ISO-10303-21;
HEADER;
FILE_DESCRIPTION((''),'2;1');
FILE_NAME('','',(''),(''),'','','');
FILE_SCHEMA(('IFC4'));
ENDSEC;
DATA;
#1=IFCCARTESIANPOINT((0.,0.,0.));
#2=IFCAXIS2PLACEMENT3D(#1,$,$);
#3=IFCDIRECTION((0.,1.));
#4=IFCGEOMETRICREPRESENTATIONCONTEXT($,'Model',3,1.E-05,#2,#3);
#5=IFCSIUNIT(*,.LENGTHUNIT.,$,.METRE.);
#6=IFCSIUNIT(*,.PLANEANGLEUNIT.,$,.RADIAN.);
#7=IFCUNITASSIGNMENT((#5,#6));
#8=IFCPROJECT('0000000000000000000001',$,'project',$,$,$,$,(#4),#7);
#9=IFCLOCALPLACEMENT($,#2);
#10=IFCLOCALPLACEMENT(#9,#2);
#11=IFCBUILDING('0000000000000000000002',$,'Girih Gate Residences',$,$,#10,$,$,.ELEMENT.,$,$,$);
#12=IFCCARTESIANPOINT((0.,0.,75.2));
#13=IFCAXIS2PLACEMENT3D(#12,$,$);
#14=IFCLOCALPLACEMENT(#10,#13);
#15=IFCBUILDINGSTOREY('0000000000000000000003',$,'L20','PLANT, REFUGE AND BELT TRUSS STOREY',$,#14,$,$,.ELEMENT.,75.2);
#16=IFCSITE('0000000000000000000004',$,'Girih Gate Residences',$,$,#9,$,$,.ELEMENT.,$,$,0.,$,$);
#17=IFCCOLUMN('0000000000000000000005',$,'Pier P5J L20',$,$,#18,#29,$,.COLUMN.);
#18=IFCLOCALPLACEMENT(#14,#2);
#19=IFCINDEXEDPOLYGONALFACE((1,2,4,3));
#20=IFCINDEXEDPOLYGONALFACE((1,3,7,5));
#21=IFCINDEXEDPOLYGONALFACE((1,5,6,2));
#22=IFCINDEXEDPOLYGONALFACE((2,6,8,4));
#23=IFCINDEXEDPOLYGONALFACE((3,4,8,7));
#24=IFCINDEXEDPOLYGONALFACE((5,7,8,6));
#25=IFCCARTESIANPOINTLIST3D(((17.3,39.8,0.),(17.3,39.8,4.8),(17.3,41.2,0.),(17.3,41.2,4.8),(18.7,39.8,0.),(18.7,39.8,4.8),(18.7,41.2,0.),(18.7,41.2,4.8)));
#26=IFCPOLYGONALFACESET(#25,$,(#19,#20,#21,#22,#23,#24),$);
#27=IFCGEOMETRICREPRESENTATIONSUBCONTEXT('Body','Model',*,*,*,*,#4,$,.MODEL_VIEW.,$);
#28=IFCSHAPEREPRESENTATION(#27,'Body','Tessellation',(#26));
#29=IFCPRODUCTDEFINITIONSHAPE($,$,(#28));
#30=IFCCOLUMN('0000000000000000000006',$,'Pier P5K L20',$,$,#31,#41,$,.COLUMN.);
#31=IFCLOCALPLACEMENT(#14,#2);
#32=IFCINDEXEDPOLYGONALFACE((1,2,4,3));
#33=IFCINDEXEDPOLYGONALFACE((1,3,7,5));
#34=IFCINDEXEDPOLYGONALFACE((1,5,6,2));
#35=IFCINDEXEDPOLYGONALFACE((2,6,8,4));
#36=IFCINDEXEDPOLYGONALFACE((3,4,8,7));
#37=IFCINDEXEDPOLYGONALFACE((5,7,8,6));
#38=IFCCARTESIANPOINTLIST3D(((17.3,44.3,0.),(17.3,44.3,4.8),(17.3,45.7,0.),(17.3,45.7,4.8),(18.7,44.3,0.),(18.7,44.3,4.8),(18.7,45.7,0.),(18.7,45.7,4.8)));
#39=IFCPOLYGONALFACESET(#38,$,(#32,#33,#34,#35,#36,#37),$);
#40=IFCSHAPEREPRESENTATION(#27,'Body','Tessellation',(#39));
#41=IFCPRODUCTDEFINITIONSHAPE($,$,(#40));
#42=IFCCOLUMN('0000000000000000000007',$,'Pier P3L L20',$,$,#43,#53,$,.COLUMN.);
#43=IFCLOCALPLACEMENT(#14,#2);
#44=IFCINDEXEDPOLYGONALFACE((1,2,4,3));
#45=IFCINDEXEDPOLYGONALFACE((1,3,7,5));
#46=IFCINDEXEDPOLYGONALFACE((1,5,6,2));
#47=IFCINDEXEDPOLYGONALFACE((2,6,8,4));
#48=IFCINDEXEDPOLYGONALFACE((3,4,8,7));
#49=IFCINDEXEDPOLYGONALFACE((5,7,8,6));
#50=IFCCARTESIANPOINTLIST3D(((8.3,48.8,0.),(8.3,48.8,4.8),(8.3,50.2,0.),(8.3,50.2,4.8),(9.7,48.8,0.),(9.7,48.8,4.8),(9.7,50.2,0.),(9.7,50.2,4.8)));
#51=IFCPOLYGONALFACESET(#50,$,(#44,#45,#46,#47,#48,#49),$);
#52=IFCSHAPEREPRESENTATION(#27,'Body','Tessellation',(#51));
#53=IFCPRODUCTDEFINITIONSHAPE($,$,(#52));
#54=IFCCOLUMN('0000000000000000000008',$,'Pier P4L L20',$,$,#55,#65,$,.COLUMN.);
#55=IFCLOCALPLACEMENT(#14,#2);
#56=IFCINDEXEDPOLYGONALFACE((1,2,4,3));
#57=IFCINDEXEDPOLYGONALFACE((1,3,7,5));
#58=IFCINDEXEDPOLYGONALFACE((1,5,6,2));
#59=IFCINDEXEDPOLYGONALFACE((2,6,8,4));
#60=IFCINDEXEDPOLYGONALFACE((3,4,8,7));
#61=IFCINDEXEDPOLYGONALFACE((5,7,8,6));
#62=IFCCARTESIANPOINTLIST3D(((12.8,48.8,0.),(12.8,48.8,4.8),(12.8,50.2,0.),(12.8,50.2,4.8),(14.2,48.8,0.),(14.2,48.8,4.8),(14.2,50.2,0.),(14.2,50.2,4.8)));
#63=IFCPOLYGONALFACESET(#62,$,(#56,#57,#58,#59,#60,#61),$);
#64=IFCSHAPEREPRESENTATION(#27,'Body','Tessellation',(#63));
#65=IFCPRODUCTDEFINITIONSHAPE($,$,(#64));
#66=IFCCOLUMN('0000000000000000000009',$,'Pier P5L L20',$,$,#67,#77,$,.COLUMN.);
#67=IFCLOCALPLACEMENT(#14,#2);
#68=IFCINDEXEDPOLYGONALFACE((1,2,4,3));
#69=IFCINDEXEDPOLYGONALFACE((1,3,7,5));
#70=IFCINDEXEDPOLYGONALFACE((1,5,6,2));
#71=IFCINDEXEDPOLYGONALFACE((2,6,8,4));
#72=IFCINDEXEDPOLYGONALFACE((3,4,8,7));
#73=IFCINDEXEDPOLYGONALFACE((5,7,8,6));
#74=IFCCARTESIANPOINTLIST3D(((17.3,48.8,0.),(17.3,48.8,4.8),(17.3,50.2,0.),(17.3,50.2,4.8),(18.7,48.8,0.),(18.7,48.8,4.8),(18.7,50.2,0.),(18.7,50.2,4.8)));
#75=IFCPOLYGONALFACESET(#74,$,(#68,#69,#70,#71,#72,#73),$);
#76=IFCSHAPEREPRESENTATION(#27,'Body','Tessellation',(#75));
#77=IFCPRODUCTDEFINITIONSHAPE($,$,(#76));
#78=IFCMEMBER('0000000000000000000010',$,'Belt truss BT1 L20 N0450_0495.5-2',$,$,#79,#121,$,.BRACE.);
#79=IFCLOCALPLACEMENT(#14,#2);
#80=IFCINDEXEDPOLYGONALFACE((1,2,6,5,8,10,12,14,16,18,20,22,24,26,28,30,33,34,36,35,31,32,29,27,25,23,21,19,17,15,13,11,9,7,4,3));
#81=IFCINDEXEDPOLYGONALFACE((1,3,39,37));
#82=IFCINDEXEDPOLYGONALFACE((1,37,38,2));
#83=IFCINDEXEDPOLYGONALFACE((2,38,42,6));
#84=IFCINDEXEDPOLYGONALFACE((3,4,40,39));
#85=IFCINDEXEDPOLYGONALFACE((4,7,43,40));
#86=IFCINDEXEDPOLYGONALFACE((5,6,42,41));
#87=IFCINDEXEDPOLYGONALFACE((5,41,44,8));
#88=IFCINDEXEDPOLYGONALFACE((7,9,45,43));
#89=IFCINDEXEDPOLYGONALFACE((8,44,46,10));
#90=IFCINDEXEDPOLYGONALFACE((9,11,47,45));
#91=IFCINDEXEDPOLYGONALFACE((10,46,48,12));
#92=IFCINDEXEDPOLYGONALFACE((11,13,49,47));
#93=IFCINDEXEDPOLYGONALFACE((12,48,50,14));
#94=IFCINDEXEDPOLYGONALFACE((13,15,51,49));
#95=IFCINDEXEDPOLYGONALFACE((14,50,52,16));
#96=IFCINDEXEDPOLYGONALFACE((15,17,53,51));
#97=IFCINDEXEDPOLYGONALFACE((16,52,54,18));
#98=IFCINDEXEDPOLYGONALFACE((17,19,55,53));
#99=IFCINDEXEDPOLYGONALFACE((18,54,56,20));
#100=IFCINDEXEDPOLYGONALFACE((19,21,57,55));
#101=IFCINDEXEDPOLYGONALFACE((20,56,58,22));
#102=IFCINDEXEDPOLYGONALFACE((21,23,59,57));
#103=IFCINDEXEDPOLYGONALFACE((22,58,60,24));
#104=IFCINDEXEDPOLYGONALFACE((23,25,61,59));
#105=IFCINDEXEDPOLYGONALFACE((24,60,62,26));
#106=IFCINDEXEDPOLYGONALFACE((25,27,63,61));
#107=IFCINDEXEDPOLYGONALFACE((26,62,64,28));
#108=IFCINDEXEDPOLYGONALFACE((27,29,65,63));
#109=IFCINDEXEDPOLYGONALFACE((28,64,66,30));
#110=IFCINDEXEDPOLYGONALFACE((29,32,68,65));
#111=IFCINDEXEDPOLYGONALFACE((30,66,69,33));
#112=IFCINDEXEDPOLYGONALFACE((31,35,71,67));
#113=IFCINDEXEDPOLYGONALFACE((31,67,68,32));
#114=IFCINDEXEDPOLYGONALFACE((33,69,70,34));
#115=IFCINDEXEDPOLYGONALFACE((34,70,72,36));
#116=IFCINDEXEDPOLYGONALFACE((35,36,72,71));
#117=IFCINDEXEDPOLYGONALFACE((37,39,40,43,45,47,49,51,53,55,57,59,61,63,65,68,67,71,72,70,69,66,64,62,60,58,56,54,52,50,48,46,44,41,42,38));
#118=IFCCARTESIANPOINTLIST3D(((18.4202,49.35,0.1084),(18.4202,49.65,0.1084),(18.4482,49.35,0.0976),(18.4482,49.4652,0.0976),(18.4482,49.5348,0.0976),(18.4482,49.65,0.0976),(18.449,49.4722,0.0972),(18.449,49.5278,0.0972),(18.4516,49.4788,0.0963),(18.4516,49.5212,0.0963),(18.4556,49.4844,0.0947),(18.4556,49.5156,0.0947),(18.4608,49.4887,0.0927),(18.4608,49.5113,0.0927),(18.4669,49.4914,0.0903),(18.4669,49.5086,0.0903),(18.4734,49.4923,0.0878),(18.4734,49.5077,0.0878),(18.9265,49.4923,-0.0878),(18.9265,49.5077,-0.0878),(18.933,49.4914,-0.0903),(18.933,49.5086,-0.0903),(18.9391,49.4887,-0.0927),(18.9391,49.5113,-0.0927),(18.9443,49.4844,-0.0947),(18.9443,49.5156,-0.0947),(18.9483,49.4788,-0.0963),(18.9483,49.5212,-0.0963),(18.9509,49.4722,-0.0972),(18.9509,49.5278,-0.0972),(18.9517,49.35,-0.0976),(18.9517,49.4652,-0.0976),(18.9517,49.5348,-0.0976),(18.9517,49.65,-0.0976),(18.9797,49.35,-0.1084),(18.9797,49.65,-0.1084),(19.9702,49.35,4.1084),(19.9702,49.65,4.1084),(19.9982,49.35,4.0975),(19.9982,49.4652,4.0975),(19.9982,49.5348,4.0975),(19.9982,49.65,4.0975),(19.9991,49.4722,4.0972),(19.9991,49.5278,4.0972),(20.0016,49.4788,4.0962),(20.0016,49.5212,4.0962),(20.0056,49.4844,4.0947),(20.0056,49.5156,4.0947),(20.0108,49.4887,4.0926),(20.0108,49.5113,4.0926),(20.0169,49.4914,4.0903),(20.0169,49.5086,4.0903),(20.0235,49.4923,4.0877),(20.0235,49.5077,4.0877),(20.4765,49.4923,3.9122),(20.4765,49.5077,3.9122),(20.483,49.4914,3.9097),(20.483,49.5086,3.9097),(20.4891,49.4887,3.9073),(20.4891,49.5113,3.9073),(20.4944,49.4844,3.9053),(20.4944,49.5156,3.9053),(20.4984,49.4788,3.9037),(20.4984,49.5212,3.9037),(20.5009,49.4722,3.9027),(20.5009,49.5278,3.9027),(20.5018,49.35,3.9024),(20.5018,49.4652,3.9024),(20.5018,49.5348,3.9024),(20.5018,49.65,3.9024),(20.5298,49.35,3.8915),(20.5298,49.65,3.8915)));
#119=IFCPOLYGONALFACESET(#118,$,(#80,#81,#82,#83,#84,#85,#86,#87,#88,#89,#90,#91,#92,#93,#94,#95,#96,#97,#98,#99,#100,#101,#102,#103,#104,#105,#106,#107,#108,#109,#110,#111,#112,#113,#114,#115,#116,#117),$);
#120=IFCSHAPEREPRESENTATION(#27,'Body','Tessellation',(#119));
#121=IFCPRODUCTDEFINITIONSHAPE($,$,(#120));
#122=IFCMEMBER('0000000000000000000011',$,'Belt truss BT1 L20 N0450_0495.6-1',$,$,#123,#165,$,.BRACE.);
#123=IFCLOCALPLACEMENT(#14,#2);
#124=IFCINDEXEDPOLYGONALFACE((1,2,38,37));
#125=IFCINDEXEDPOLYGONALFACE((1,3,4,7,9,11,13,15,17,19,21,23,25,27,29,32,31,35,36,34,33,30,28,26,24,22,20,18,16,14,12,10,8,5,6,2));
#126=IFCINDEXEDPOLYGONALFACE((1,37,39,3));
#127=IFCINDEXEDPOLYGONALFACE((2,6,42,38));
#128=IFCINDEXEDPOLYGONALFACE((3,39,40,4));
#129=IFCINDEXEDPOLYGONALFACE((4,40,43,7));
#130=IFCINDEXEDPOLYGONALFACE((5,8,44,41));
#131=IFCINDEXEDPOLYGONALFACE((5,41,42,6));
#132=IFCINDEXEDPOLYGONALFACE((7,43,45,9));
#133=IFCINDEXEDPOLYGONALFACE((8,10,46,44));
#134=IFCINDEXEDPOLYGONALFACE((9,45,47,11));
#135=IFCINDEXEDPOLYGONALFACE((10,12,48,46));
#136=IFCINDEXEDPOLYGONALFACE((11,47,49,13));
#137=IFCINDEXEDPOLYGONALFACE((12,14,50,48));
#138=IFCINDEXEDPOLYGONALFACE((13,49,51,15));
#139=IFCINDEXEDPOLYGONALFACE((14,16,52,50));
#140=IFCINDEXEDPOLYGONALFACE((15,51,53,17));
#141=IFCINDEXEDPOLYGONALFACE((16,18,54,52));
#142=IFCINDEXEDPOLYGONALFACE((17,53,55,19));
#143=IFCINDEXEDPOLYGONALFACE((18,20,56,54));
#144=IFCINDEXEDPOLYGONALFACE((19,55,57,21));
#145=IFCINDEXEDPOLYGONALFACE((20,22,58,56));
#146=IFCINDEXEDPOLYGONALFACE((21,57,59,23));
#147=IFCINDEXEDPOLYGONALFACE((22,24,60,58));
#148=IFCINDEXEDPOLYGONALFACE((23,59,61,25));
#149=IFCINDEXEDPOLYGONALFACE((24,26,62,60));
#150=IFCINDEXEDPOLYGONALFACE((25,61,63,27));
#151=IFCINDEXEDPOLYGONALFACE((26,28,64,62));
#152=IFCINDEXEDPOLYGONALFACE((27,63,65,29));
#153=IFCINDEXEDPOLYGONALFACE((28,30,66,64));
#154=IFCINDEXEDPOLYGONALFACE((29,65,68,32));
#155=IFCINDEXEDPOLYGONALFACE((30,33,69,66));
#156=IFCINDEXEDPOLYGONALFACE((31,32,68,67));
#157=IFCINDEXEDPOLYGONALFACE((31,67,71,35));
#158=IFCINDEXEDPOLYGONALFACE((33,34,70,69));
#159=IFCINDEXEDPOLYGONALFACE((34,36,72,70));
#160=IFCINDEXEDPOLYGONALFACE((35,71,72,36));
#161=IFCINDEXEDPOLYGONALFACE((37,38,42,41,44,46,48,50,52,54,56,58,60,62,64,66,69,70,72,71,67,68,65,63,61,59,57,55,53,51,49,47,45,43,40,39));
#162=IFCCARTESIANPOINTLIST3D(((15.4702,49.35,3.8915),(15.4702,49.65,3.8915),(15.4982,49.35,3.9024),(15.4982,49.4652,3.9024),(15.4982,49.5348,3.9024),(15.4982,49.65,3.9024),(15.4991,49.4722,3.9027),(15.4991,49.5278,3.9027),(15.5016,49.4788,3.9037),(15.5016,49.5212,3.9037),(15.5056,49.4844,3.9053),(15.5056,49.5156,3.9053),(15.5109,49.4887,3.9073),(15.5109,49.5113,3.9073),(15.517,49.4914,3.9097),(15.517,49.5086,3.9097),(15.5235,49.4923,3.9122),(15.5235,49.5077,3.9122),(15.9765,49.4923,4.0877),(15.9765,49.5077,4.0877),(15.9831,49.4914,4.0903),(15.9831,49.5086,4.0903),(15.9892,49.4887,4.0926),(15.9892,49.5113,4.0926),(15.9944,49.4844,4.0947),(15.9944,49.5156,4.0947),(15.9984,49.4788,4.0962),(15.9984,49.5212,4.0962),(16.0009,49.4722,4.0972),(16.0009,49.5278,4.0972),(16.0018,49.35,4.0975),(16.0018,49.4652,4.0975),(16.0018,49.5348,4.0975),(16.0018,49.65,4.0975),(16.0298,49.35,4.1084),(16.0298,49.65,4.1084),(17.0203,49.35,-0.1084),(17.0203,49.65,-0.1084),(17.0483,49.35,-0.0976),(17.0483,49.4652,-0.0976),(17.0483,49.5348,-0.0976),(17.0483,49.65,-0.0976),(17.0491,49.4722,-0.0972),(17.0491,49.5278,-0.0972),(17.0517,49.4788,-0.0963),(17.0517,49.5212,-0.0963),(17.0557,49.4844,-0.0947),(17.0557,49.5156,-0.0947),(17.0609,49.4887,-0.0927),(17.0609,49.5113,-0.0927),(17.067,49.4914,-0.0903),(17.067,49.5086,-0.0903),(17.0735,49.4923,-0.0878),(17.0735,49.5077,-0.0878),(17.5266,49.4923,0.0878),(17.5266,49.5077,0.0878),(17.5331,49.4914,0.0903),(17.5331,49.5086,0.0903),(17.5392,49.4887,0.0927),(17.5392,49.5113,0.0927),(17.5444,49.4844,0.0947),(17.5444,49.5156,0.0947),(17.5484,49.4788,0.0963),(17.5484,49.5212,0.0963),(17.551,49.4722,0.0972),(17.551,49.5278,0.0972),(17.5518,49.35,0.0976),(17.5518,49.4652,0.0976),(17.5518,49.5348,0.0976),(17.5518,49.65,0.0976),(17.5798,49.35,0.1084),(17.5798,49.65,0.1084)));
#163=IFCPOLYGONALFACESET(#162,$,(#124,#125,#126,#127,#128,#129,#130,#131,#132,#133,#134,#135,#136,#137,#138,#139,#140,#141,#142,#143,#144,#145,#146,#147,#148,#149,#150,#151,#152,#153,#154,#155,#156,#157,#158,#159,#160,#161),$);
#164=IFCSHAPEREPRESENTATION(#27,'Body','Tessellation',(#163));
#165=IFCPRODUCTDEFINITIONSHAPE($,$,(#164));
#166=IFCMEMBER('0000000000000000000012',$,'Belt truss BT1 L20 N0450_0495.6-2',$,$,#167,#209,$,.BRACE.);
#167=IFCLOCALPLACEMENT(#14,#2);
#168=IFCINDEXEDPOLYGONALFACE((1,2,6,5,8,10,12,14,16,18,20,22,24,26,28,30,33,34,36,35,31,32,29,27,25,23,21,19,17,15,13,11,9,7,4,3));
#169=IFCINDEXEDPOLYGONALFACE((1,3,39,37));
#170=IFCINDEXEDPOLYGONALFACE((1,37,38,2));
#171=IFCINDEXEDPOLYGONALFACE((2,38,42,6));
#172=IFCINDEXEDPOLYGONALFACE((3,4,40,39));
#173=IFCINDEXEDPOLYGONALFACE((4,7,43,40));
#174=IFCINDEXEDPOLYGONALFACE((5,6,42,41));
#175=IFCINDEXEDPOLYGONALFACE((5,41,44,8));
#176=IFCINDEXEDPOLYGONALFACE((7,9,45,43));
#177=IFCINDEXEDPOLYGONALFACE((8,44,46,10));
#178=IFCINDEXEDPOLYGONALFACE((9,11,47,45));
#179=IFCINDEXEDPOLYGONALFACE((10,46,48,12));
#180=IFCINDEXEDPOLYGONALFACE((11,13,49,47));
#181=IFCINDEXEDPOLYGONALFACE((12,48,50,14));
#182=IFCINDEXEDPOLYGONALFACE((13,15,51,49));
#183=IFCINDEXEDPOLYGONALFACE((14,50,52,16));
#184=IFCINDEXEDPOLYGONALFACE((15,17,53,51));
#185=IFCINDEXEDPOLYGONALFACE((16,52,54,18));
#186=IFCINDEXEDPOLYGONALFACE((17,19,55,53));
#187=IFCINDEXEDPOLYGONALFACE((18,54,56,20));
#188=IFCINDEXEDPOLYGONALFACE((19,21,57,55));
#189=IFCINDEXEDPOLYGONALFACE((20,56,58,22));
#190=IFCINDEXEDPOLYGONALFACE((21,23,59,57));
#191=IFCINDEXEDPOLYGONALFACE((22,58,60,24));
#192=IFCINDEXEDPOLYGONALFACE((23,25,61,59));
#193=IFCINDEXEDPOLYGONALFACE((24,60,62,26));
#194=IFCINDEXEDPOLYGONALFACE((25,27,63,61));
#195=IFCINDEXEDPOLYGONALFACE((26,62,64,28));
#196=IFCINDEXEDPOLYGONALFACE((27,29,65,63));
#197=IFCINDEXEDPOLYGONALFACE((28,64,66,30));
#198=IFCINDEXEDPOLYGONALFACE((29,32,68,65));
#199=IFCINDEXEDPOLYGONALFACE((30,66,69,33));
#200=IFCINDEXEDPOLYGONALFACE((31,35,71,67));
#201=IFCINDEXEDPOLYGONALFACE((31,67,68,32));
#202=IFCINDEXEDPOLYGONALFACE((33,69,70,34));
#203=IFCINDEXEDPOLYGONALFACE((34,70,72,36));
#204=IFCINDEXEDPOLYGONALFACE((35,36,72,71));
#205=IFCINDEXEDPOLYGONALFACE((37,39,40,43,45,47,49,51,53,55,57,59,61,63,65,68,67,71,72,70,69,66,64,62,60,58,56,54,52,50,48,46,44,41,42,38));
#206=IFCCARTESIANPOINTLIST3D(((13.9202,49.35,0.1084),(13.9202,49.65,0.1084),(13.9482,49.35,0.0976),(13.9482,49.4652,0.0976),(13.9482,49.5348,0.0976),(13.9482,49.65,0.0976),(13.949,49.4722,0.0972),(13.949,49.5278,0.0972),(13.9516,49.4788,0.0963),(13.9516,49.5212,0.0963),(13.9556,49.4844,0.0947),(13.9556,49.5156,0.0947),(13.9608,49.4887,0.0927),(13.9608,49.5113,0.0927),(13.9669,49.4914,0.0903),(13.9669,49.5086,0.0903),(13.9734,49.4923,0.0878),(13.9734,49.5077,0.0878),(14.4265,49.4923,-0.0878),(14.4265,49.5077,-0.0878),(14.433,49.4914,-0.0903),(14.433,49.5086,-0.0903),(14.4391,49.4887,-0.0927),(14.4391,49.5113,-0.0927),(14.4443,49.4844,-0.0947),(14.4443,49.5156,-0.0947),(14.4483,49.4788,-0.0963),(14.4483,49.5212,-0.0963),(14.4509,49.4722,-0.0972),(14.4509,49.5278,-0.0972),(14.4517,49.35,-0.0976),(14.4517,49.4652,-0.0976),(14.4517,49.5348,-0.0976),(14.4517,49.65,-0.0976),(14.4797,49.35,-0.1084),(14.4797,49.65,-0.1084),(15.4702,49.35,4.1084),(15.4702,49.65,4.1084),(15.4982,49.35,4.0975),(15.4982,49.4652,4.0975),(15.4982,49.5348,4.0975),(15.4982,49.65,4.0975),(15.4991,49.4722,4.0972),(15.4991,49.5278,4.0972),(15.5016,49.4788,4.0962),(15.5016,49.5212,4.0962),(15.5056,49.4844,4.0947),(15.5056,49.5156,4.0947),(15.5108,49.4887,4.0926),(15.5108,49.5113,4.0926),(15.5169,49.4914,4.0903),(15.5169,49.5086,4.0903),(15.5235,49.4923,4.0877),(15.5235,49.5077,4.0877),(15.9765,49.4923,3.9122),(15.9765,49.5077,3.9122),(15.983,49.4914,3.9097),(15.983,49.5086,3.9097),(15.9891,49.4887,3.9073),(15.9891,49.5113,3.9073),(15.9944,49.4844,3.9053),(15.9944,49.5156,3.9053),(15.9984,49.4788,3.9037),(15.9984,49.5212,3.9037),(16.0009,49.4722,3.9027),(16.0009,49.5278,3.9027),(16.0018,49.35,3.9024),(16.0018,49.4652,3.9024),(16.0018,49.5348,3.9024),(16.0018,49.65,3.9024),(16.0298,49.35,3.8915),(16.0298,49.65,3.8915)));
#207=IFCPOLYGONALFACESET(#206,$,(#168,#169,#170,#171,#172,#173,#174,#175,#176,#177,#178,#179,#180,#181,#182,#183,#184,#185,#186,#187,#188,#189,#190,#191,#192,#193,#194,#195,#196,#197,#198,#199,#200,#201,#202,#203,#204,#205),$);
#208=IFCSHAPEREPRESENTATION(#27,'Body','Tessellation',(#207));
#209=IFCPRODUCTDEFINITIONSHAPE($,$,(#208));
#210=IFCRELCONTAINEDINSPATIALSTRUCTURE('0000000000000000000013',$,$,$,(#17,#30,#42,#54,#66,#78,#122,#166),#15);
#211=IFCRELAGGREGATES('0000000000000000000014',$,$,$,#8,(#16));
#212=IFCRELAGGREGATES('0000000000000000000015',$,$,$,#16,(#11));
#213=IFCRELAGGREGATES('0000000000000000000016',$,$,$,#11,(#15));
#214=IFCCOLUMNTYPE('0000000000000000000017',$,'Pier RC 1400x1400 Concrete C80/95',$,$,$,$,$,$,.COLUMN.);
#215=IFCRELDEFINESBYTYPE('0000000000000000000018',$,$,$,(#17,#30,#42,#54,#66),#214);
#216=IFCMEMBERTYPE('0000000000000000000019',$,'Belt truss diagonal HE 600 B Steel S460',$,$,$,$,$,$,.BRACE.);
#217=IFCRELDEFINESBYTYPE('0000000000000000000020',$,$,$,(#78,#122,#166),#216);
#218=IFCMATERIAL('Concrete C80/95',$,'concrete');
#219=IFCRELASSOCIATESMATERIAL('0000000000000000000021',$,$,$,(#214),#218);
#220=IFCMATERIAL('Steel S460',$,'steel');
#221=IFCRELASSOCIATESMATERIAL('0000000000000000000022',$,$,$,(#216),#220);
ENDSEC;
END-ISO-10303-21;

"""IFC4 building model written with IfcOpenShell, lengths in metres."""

from ifc_helpers import new_model, si_unit, direction, frame, origin, origin_2d, place, context, subcontext, project, spatial, rectangle, i_section, extrude, material, material_profile, profile_set, type_object, element, save


model = new_model("IFC4")

# Units and contexts
model_context = context("Model", 3, precision=1e-05, world=origin(), true_north=direction((0.0, 1.0)))
body_context = subcontext(model_context, "Body", "Model", "MODEL_VIEW")
ifc_project = project(units=[si_unit("LENGTHUNIT", "METRE"), si_unit("PLANEANGLEUNIT", "RADIAN")], contexts=[model_context])

# Site, building, storey
site_placement = place(None, origin())
site = spatial("IfcSite", under=ifc_project, at=site_placement, Name="Girih Gate Residences", CompositionType="ELEMENT", RefElevation=0.0)
building_placement = place(site_placement, origin())
building = spatial("IfcBuilding", under=site, at=building_placement, Name="Girih Gate Residences", CompositionType="ELEMENT")
storey_placement = place(building_placement, frame((0.0, 0.0, 75.2)))
storey = spatial("IfcBuildingStorey", under=building, at=storey_placement, Name="L20", Description="PLANT, REFUGE AND BELT TRUSS STOREY", CompositionType="ELEMENT", Elevation=75.2)

# Columns
ifc_material_1 = material(Name="Concrete C80/95", Category="concrete")
ifc_material_profile_1 = material_profile(ifc_material_1, rectangle(XDim=1.3999, YDim=1.3999, at=origin_2d()))
ifc_profile_set_1 = profile_set([ifc_material_profile_1], Name="Concrete C80/95")
column_type = type_object("IfcColumnType", Name="Pier RC 1400x1400 Concrete C80/95", PredefinedType="COLUMN", material=ifc_profile_set_1)
for number, where, z_axis, x_axis, name in (
    (1, (18.0, 40.5, 0.0), (0.0, 0.0, 1.0), (1.0, 0.0, 0.0), "Pier P5J L20"),
    (2, (18.0, 45.0, 0.0), (0.0, 0.0, 1.0), (1.0, 0.0, 0.0), "Pier P5K L20"),
    (3, (9.0, 49.5, 0.0), (0.0, 0.0, 1.0), (1.0, 0.0, 0.0), "Pier P3L L20"),
    (4, (13.5, 49.5, 0.0), (0.0, 0.0, 1.0), (1.0, 0.0, 0.0), "Pier P4L L20"),
    (5, (18.0, 49.5, 0.0), (0.0, 0.0, 1.0), (1.0, 0.0, 0.0), "Pier P5L L20"),
):
    element("IfcColumn", number, at=place(storey_placement, frame(where, z_axis=z_axis, x_axis=x_axis)), inside=storey, type_object=column_type, Name=name, PredefinedType="COLUMN", context=body_context, shape_type="SweptSolid", body=[
        extrude(rectangle(XDim=1.3999, YDim=1.3999, at=origin_2d()), origin(), (0.0, 0.0, 1.0), 4.8),
    ])

# Members
ifc_material_2 = material(Name="Steel S460", Category="steel")
ifc_material_profile_2 = material_profile(ifc_material_2, i_section(OverallWidth=0.3, OverallDepth=0.6001, WebThickness=0.0154, FlangeThickness=0.03, FilletRadius=0.0271, at=origin_2d()))
ifc_profile_set_2 = profile_set([ifc_material_profile_2], Name="Steel S460")
member_type = type_object("IfcMemberType", Name="Belt truss diagonal HE 600 B Steel S460", PredefinedType="BRACE", material=ifc_profile_set_2)
for number, where, z_axis, x_axis, name in (
    (6, (18.7, 49.5, 0.0), (0.361331, 0.0, 0.932438), (0.0, 1.0, 0.0), "Belt truss BT1 L20 N0450_0495.5-2"),
    (7, (17.3, 49.5, 0.0), (-0.361331, 0.0, 0.932438), (0.0, -1.0, 0.0), "Belt truss BT1 L20 N0450_0495.6-1"),
    (8, (14.2, 49.5, 0.0), (0.361331, 0.0, 0.932438), (0.0, 1.0, 0.0), "Belt truss BT1 L20 N0450_0495.6-2"),
):
    element("IfcMember", number, at=place(storey_placement, frame(where, z_axis=z_axis, x_axis=x_axis)), inside=storey, type_object=member_type, Name=name, PredefinedType="BRACE", context=body_context, shape_type="SweptSolid", body=[
        extrude(i_section(OverallWidth=0.3, OverallDepth=0.6001, WebThickness=0.0154, FlangeThickness=0.03, FilletRadius=0.0271, at=origin_2d()), origin(), (0.0, 0.0, 1.0), 4.2898),
    ])

save(model, "model.ifc")
